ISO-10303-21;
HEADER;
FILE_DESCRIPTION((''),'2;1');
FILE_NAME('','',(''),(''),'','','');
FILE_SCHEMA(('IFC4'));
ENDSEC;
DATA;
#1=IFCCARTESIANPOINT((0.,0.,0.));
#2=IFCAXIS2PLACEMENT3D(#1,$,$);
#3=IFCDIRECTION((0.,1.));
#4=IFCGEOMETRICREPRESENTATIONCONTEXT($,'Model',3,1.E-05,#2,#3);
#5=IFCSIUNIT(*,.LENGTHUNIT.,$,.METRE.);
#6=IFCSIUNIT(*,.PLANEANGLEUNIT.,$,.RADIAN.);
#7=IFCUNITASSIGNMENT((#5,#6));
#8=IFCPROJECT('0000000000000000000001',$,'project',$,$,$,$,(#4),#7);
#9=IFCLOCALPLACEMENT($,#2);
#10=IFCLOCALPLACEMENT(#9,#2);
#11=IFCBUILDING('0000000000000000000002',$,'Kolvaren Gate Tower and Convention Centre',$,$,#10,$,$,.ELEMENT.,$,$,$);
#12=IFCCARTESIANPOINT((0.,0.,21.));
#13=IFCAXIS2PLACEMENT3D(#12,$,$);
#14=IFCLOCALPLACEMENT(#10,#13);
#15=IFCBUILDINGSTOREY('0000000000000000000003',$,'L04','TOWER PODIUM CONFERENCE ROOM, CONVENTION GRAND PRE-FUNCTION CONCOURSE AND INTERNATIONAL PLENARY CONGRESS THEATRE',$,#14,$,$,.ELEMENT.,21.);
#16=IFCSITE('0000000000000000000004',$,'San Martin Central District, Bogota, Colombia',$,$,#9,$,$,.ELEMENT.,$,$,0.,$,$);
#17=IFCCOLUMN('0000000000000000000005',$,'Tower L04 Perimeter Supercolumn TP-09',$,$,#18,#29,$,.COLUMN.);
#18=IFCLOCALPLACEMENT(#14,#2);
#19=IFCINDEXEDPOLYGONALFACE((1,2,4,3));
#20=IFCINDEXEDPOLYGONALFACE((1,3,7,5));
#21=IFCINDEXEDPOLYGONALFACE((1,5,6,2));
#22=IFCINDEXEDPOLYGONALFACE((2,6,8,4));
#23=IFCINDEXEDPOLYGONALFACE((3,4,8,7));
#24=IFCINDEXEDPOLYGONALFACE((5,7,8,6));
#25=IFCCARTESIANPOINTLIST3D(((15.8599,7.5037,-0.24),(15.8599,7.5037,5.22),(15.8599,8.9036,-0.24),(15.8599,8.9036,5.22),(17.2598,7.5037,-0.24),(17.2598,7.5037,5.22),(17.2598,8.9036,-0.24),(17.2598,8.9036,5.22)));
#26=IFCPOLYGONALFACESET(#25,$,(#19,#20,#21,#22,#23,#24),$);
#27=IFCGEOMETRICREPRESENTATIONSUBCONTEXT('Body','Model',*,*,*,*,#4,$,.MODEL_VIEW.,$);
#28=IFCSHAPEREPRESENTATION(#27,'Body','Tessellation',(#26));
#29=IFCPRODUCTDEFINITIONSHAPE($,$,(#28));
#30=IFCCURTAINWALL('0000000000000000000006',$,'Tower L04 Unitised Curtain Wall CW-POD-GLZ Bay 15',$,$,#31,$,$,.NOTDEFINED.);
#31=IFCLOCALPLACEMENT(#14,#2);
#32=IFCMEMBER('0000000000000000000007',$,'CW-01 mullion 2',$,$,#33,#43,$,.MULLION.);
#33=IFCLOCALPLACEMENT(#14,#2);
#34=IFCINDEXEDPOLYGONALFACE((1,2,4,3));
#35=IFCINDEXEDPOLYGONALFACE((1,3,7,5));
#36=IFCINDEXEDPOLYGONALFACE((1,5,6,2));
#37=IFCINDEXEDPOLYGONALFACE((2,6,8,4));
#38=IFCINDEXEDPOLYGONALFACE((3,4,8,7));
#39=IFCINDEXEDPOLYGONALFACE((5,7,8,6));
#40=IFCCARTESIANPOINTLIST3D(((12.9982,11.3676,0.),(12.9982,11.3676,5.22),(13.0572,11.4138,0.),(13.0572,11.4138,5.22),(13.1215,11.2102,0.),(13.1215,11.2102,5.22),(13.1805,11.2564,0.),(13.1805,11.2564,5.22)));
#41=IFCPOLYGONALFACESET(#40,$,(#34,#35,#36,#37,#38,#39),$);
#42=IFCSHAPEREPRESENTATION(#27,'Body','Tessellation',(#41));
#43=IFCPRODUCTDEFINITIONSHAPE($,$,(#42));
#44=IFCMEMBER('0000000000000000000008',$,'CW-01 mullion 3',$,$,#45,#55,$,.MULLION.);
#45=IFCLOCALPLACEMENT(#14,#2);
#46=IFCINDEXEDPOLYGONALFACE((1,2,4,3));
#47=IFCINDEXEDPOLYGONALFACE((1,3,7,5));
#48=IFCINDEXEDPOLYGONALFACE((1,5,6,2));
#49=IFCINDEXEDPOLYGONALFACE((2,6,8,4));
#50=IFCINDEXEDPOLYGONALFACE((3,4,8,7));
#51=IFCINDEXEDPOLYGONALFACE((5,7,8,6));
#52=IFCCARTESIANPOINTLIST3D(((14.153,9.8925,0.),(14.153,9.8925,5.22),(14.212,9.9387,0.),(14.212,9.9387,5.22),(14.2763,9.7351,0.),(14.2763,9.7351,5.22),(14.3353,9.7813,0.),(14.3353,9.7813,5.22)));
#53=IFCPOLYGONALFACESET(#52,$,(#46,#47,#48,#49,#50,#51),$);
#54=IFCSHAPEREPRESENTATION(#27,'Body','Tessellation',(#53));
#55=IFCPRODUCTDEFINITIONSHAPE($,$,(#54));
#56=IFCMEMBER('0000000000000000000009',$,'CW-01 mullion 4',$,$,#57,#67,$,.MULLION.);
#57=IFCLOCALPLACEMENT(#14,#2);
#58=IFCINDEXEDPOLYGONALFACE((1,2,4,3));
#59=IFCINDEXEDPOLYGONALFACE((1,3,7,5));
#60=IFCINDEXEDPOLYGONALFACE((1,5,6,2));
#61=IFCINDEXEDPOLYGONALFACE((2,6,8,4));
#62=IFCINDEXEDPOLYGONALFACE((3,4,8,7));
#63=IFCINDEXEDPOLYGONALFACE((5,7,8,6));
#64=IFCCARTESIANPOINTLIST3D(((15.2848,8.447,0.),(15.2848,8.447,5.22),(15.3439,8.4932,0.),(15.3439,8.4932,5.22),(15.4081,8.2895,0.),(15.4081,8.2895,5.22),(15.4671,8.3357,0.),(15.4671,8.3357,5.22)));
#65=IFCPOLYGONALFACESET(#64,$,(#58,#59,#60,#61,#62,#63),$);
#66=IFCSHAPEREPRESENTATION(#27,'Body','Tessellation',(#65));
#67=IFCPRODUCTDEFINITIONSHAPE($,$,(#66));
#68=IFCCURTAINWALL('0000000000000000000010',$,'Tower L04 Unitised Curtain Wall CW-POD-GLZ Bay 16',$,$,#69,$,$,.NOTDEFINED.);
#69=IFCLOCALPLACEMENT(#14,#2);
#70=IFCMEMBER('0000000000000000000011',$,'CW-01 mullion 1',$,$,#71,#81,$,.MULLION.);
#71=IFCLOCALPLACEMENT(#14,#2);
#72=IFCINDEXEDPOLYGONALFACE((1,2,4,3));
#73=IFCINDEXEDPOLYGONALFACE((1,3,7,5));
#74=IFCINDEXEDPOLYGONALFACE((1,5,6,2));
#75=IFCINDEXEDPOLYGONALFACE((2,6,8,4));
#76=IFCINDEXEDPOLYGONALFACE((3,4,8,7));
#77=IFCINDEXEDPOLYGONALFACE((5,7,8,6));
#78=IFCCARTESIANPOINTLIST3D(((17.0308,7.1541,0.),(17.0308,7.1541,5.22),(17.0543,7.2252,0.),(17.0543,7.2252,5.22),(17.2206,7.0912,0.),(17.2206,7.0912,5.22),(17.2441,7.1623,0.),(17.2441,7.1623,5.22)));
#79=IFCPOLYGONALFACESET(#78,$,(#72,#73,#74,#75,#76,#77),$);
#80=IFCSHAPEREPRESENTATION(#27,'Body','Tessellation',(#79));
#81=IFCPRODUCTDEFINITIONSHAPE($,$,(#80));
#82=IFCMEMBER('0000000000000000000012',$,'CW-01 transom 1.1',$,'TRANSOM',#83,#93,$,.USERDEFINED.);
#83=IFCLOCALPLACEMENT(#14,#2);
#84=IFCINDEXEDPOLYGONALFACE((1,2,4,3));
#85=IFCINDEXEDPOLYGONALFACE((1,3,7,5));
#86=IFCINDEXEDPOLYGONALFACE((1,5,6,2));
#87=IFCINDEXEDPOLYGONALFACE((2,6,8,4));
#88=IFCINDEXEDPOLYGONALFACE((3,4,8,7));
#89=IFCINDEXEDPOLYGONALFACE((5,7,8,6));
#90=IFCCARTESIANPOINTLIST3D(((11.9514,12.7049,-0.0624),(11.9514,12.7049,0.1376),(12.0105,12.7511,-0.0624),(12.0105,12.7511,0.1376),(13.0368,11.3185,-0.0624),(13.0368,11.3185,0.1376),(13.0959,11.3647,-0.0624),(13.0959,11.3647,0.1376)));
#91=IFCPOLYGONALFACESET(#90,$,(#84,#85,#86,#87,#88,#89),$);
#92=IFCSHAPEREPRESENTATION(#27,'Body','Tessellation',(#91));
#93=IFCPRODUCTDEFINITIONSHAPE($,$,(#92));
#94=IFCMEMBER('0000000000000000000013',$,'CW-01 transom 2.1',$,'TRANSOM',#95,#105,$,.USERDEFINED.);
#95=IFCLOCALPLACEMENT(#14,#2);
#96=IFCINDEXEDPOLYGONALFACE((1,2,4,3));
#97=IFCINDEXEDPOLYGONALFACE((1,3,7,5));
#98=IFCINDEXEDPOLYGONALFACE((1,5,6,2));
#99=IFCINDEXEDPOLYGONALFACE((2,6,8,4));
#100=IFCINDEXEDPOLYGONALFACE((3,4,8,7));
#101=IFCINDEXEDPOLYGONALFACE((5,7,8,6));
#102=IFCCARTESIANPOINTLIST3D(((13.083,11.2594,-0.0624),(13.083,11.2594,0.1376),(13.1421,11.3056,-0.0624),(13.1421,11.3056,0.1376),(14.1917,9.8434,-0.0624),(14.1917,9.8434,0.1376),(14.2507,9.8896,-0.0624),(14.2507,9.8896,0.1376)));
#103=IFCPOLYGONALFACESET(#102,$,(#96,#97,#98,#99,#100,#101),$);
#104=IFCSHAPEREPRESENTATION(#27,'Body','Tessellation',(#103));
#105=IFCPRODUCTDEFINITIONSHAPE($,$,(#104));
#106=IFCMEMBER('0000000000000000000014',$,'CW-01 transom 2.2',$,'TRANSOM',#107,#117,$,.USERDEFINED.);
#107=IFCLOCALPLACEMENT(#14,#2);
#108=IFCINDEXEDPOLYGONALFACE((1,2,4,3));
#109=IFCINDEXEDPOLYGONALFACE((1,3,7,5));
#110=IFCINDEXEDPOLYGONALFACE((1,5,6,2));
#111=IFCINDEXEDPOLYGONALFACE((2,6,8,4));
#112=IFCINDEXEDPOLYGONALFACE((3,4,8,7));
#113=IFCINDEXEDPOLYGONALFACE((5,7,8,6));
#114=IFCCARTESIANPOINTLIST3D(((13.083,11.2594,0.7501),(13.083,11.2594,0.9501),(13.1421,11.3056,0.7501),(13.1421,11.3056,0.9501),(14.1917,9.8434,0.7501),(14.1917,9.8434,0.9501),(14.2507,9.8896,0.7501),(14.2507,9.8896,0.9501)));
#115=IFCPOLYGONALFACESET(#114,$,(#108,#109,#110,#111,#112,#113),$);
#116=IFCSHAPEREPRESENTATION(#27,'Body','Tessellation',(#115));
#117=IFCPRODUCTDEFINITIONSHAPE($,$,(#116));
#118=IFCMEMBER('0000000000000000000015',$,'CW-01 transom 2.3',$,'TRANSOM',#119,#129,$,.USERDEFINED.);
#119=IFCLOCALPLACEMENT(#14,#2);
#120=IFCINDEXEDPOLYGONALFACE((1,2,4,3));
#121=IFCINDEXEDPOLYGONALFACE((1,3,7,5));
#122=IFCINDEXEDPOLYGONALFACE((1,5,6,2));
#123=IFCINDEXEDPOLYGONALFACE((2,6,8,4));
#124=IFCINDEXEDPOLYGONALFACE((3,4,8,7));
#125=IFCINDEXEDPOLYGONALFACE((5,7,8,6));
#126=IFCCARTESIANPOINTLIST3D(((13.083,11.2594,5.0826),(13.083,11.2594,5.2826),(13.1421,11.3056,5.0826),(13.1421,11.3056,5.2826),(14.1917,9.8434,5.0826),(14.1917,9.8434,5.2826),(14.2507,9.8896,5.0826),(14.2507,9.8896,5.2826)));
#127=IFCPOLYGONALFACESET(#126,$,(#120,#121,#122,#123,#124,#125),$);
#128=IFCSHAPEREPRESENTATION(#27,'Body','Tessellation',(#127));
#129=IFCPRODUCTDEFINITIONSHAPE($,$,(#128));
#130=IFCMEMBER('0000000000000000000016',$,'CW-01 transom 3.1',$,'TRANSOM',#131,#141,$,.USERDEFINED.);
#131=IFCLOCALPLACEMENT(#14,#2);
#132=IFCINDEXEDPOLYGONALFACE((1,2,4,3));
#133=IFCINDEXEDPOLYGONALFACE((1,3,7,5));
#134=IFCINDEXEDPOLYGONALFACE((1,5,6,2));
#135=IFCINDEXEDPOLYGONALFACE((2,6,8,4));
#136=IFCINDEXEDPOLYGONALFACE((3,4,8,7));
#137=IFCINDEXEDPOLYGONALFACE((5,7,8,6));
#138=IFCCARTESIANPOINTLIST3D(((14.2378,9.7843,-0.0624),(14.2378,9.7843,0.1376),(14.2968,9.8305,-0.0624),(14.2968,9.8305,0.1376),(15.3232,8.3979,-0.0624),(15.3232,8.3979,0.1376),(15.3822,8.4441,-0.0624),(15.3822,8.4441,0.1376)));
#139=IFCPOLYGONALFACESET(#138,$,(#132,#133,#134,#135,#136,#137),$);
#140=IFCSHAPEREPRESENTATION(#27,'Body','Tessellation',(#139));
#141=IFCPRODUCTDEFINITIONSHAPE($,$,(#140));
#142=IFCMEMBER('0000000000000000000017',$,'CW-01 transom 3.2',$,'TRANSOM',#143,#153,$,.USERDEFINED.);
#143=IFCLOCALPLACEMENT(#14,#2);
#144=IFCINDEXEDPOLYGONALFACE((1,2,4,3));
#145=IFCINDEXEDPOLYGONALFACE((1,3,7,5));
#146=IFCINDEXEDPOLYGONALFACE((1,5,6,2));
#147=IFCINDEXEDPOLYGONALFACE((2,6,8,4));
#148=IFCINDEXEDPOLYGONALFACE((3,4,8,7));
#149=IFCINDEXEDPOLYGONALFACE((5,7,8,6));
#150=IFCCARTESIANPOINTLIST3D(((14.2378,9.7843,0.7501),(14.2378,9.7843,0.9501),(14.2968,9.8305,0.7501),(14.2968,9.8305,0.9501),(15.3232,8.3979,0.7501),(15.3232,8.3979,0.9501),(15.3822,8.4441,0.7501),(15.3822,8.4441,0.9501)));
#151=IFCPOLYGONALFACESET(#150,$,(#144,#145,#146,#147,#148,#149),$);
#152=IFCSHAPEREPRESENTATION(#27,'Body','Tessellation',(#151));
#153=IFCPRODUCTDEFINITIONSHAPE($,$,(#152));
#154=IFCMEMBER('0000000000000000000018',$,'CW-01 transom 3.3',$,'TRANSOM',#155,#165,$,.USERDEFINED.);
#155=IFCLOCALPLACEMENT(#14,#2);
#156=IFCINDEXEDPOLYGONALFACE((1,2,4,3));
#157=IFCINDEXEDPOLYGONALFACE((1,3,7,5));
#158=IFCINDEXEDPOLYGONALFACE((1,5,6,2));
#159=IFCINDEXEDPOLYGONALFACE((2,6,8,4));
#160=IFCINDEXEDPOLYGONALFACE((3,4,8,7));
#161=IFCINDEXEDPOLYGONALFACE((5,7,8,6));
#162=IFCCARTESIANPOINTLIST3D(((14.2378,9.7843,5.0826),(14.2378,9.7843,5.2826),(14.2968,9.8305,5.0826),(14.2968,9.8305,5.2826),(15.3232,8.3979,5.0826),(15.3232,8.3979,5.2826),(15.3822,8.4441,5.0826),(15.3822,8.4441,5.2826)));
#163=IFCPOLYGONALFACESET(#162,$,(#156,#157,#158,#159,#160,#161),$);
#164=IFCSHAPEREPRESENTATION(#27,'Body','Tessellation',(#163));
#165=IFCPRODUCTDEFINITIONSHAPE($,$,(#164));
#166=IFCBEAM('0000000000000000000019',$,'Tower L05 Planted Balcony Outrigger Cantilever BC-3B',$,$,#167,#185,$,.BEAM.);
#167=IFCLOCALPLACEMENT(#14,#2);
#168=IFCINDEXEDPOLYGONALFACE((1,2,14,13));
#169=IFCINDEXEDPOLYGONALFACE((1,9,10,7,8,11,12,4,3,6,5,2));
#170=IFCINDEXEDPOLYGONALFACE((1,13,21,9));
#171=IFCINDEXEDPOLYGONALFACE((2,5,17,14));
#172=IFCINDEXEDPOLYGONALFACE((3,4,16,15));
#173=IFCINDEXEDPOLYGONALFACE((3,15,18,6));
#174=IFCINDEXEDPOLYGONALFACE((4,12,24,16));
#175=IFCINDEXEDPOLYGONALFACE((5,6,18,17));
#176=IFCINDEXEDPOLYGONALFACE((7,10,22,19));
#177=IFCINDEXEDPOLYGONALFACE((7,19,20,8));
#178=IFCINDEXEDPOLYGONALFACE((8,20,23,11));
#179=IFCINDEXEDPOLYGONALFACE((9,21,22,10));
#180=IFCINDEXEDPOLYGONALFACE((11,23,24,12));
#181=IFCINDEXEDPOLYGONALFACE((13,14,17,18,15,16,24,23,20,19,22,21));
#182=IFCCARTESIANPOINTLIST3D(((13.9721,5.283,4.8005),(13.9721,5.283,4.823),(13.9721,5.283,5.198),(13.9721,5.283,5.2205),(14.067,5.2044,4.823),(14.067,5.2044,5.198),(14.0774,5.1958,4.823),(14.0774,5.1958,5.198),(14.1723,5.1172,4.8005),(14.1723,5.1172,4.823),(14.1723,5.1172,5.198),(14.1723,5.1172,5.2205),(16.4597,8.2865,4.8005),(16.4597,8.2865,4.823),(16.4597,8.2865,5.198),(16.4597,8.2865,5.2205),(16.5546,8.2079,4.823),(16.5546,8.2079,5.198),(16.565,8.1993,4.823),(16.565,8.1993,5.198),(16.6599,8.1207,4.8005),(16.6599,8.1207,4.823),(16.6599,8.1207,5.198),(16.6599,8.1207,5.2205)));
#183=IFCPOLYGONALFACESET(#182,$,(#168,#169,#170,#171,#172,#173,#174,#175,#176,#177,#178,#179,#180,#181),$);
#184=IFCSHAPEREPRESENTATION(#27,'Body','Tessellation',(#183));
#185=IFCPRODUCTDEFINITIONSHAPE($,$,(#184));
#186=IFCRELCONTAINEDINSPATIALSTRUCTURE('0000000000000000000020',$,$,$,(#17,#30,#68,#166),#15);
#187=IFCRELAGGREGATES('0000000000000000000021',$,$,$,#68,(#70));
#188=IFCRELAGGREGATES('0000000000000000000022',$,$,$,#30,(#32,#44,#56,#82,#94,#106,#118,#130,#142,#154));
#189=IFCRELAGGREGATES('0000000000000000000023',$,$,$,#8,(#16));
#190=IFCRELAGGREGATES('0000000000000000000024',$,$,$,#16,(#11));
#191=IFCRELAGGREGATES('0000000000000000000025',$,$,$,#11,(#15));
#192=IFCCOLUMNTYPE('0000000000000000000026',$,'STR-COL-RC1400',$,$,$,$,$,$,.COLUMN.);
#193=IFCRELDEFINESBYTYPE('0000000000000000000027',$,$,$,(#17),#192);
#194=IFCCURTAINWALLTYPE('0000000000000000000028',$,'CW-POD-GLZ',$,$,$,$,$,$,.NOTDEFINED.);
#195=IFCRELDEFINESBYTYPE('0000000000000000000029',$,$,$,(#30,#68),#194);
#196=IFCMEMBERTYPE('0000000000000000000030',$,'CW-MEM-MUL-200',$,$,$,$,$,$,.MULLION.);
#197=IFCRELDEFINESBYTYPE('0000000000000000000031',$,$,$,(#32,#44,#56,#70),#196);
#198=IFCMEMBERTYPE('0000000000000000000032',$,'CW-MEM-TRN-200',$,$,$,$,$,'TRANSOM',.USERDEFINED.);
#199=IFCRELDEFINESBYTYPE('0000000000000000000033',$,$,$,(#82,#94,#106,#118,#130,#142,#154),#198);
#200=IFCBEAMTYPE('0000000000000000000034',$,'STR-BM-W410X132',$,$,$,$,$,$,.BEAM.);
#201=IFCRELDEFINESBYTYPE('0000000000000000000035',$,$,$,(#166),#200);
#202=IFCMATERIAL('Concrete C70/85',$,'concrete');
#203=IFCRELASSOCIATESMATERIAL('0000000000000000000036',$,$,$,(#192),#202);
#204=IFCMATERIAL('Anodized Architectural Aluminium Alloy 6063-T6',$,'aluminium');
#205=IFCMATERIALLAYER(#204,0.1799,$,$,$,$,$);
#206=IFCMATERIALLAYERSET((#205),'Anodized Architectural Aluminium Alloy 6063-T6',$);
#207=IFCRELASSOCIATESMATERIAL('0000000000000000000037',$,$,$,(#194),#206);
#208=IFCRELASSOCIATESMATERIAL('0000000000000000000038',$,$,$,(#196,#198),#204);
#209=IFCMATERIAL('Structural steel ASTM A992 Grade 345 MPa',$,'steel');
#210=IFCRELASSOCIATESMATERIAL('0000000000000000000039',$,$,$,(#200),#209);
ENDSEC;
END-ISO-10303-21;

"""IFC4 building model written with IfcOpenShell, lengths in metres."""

from ifc_helpers import new_model, si_unit, direction, frame, origin, origin_2d, place, context, subcontext, project, spatial, rectangle, i_section, extrude, material, layer, layer_set, material_profile, profile_set, type_object, element, aggregate, save


model = new_model("IFC4")

# Units and contexts
model_context = context("Model", 3, precision=1e-05, world=origin(), true_north=direction((0.0, 1.0)))
body_context = subcontext(model_context, "Body", "Model", "MODEL_VIEW")
ifc_project = project(units=[si_unit("LENGTHUNIT", "METRE"), si_unit("PLANEANGLEUNIT", "RADIAN")], contexts=[model_context])

# Site, building, storey
site_placement = place(None, origin())
site = spatial("IfcSite", under=ifc_project, at=site_placement, Name="San Martin Central District, Bogota, Colombia", CompositionType="ELEMENT", RefElevation=0.0)
building_placement = place(site_placement, origin())
building = spatial("IfcBuilding", under=site, at=building_placement, Name="Kolvaren Gate Tower and Convention Centre", CompositionType="ELEMENT")
storey_placement = place(building_placement, frame((0.0, 0.0, 21.0)))
storey = spatial("IfcBuildingStorey", under=building, at=storey_placement, Name="L04", Description="TOWER PODIUM CONFERENCE ROOM, CONVENTION GRAND PRE-FUNCTION CONCOURSE AND INTERNATIONAL PLENARY CONGRESS THEATRE", CompositionType="ELEMENT", Elevation=21.0)

# Column
ifc_material_1 = material(Name="Concrete C70/85", Category="concrete")
ifc_material_profile_1 = material_profile(ifc_material_1, rectangle(XDim=1.3999, YDim=1.3999, at=origin_2d()), Name="RC-COL-1400X1400")
ifc_profile_set_1 = profile_set([ifc_material_profile_1], Name="Concrete C70/85")
column_type = type_object("IfcColumnType", Name="STR-COL-RC1400", PredefinedType="COLUMN", material=ifc_profile_set_1)
column_placement = place(storey_placement, frame((16.5598, 8.2036, -0.24), z_axis=(0.0, 0.0, 1.0), x_axis=(1.0, 0.0, 0.0)))
element("IfcColumn", 1, at=column_placement, inside=storey, type_object=column_type, Name="Tower L04 Perimeter Supercolumn TP-09", PredefinedType="COLUMN", context=body_context, shape_type="SweptSolid", body=[
    extrude(rectangle(XDim=1.3999, YDim=1.3999, at=origin_2d()), origin(), (0.0, 0.0, 1.0), 5.46),
])

# Curtain wall, members
ifc_material_2 = material(Name="Anodized Architectural Aluminium Alloy 6063-T6", Category="aluminium")
ifc_layer_1 = layer(ifc_material_2, 0.1799)
ifc_layer_set_1 = layer_set([ifc_layer_1], Name="Anodized Architectural Aluminium Alloy 6063-T6")
curtain_wall_type = type_object("IfcCurtainWallType", Name="CW-POD-GLZ", PredefinedType="NOTDEFINED", material=ifc_layer_set_1)
curtain_wall_1_placement = place(storey_placement, origin())
curtain_wall_1 = element("IfcCurtainWall", 2, at=curtain_wall_1_placement, inside=storey, type_object=curtain_wall_type, Name="Tower L04 Unitised Curtain Wall CW-POD-GLZ Bay 15", PredefinedType="NOTDEFINED")
ifc_material_profile_2 = material_profile(ifc_material_2, rectangle(XDim=0.075, YDim=0.2, at=origin_2d()), Name="CW-MEM-MUL-200")
ifc_profile_set_2 = profile_set([ifc_material_profile_2], Name="Anodized Architectural Aluminium Alloy 6063-T6")
member_type_1 = type_object("IfcMemberType", Name="CW-MEM-MUL-200", PredefinedType="MULLION", material=ifc_profile_set_2)
member_1_placement = place(storey_placement, frame((13.0894, 11.312, 0.0), z_axis=(0.0, 0.0, 1.0), x_axis=(0.787417, 0.616421, 0.0)))
member_1 = element("IfcMember", 3, at=member_1_placement, type_object=member_type_1, Name="CW-01 mullion 2", PredefinedType="MULLION", context=body_context, shape_type="SweptSolid", body=[
    extrude(rectangle(XDim=0.075, YDim=0.2, at=origin_2d()), origin(), (0.0, 0.0, 1.0), 5.22),
])
member_2_placement = place(storey_placement, frame((14.2441, 9.8369, 0.0), z_axis=(0.0, 0.0, 1.0), x_axis=(0.787417, 0.616421, 0.0)))
member_2 = element("IfcMember", 4, at=member_2_placement, type_object=member_type_1, Name="CW-01 mullion 3", PredefinedType="MULLION", context=body_context, shape_type="SweptSolid", body=[
    extrude(rectangle(XDim=0.075, YDim=0.2, at=origin_2d()), origin(), (0.0, 0.0, 1.0), 5.22),
])
member_3_placement = place(storey_placement, frame((15.376, 8.3914, 0.0), z_axis=(0.0, 0.0, 1.0), x_axis=(0.787417, 0.616421, 0.0)))
member_3 = element("IfcMember", 5, at=member_3_placement, type_object=member_type_1, Name="CW-01 mullion 4", PredefinedType="MULLION", context=body_context, shape_type="SweptSolid", body=[
    extrude(rectangle(XDim=0.075, YDim=0.2, at=origin_2d()), origin(), (0.0, 0.0, 1.0), 5.22),
])

# Curtain wall, member
curtain_wall_2_placement = place(storey_placement, origin())
curtain_wall_2 = element("IfcCurtainWall", 6, at=curtain_wall_2_placement, inside=storey, type_object=curtain_wall_type, Name="Tower L04 Unitised Curtain Wall CW-POD-GLZ Bay 16", PredefinedType="NOTDEFINED")
member_4_placement = place(storey_placement, frame((17.1375, 7.1582, 0.0), z_axis=(0.0, 0.0, 1.0), x_axis=(0.314547, 0.949242, 0.0)))
member_4 = element("IfcMember", 7, at=member_4_placement, type_object=member_type_1, Name="CW-01 mullion 1", PredefinedType="MULLION", context=body_context, shape_type="SweptSolid", body=[
    extrude(rectangle(XDim=0.075, YDim=0.2, at=origin_2d()), origin(), (0.0, 0.0, 1.0), 5.22),
])
aggregate(curtain_wall_2, [member_4])

# Members
ifc_material_profile_3 = material_profile(ifc_material_2, rectangle(XDim=0.075, YDim=0.2, at=origin_2d()), Name="CW-MEM-TRN-200")
ifc_profile_set_3 = profile_set([ifc_material_profile_3], Name="Anodized Architectural Aluminium Alloy 6063-T6")
member_type_2 = type_object("IfcMemberType", Name="CW-MEM-TRN-200", ElementType="TRANSOM", PredefinedType="USERDEFINED", material=ifc_profile_set_3)
member_5_placement = place(storey_placement, frame((11.981, 12.728, 0.0376), z_axis=(0.616443, -0.7874, 0.0), x_axis=(0.7874, 0.616443, 0.0)))
member_5 = element("IfcMember", 8, at=member_5_placement, type_object=member_type_2, Name="CW-01 transom 1.1", ObjectType="TRANSOM", PredefinedType="USERDEFINED", context=body_context, shape_type="SweptSolid", body=[
    extrude(rectangle(XDim=0.075, YDim=0.2, at=origin_2d()), origin(), (0.0, 0.0, 1.0), 1.7607),
])
member_6_placement = place(storey_placement, frame((13.1125, 11.2825, 0.0376), z_axis=(0.616466, -0.787382, 0.0), x_axis=(0.787382, 0.616466, 0.0)))
member_6 = element("IfcMember", 9, at=member_6_placement, type_object=member_type_2, Name="CW-01 transom 2.1", ObjectType="TRANSOM", PredefinedType="USERDEFINED", context=body_context, shape_type="SweptSolid", body=[
    extrude(rectangle(XDim=0.075, YDim=0.2, at=origin_2d()), origin(), (0.0, 0.0, 1.0), 1.7983),
])
member_7_placement = place(storey_placement, frame((13.1125, 11.2825, 0.8501), z_axis=(0.616466, -0.787382, 0.0), x_axis=(0.787382, 0.616466, 0.0)))
member_7 = element("IfcMember", 10, at=member_7_placement, type_object=member_type_2, Name="CW-01 transom 2.2", ObjectType="TRANSOM", PredefinedType="USERDEFINED", context=body_context, shape_type="SweptSolid", body=[
    extrude(rectangle(XDim=0.075, YDim=0.2, at=origin_2d()), origin(), (0.0, 0.0, 1.0), 1.7983),
])
member_8_placement = place(storey_placement, frame((13.1125, 11.2825, 5.1826), z_axis=(0.616466, -0.787382, 0.0), x_axis=(0.787382, 0.616466, 0.0)))
member_8 = element("IfcMember", 11, at=member_8_placement, type_object=member_type_2, Name="CW-01 transom 2.3", ObjectType="TRANSOM", PredefinedType="USERDEFINED", context=body_context, shape_type="SweptSolid", body=[
    extrude(rectangle(XDim=0.075, YDim=0.2, at=origin_2d()), origin(), (0.0, 0.0, 1.0), 1.7983),
])
member_9_placement = place(storey_placement, frame((14.2673, 9.8074, 0.0376), z_axis=(0.616443, -0.7874, 0.0), x_axis=(0.7874, 0.616443, 0.0)))
member_9 = element("IfcMember", 12, at=member_9_placement, type_object=member_type_2, Name="CW-01 transom 3.1", ObjectType="TRANSOM", PredefinedType="USERDEFINED", context=body_context, shape_type="SweptSolid", body=[
    extrude(rectangle(XDim=0.075, YDim=0.2, at=origin_2d()), origin(), (0.0, 0.0, 1.0), 1.7607),
])
member_10_placement = place(storey_placement, frame((14.2673, 9.8074, 0.8501), z_axis=(0.616443, -0.7874, 0.0), x_axis=(0.7874, 0.616443, 0.0)))
member_10 = element("IfcMember", 13, at=member_10_placement, type_object=member_type_2, Name="CW-01 transom 3.2", ObjectType="TRANSOM", PredefinedType="USERDEFINED", context=body_context, shape_type="SweptSolid", body=[
    extrude(rectangle(XDim=0.075, YDim=0.2, at=origin_2d()), origin(), (0.0, 0.0, 1.0), 1.7607),
])
member_11_placement = place(storey_placement, frame((14.2673, 9.8074, 5.1826), z_axis=(0.616443, -0.7874, 0.0), x_axis=(0.7874, 0.616443, 0.0)))
member_11 = element("IfcMember", 14, at=member_11_placement, type_object=member_type_2, Name="CW-01 transom 3.3", ObjectType="TRANSOM", PredefinedType="USERDEFINED", context=body_context, shape_type="SweptSolid", body=[
    extrude(rectangle(XDim=0.075, YDim=0.2, at=origin_2d()), origin(), (0.0, 0.0, 1.0), 1.7607),
])

# Beam
ifc_material_3 = material(Name="Structural steel ASTM A992 Grade 345 MPa", Category="steel")
ifc_material_profile_4 = material_profile(ifc_material_3, i_section(OverallWidth=0.26, OverallDepth=0.4199, WebThickness=0.0134, FlangeThickness=0.0225, at=origin_2d()), Name="W410X132")
ifc_profile_set_4 = profile_set([ifc_material_profile_4], Name="Structural steel ASTM A992 Grade 345 MPa")
beam_type_1 = type_object("IfcBeamType", Name="STR-BM-W410X132", PredefinedType="BEAM", material=ifc_profile_set_4)
beam_1_placement = place(storey_placement, frame((16.5598, 8.2036, 5.0105), z_axis=(-0.637866, -0.770147, 0.0), x_axis=(0.770147, -0.637866, 0.0)))
element("IfcBeam", 15, at=beam_1_placement, inside=storey, type_object=beam_type_1, Name="Tower L05 Planted Balcony Outrigger Cantilever BC-3B", PredefinedType="BEAM", context=body_context, shape_type="SweptSolid", body=[
    extrude(i_section(OverallWidth=0.26, OverallDepth=0.4199, WebThickness=0.0134, FlangeThickness=0.0225, at=origin_2d()), origin(), (0.0, 0.0, 1.0), 3.8999),
])

aggregate(curtain_wall_1, [member_1, member_2, member_3, member_5, member_6, member_7, member_8, member_9, member_10, member_11])

save(model, "model.ifc")
